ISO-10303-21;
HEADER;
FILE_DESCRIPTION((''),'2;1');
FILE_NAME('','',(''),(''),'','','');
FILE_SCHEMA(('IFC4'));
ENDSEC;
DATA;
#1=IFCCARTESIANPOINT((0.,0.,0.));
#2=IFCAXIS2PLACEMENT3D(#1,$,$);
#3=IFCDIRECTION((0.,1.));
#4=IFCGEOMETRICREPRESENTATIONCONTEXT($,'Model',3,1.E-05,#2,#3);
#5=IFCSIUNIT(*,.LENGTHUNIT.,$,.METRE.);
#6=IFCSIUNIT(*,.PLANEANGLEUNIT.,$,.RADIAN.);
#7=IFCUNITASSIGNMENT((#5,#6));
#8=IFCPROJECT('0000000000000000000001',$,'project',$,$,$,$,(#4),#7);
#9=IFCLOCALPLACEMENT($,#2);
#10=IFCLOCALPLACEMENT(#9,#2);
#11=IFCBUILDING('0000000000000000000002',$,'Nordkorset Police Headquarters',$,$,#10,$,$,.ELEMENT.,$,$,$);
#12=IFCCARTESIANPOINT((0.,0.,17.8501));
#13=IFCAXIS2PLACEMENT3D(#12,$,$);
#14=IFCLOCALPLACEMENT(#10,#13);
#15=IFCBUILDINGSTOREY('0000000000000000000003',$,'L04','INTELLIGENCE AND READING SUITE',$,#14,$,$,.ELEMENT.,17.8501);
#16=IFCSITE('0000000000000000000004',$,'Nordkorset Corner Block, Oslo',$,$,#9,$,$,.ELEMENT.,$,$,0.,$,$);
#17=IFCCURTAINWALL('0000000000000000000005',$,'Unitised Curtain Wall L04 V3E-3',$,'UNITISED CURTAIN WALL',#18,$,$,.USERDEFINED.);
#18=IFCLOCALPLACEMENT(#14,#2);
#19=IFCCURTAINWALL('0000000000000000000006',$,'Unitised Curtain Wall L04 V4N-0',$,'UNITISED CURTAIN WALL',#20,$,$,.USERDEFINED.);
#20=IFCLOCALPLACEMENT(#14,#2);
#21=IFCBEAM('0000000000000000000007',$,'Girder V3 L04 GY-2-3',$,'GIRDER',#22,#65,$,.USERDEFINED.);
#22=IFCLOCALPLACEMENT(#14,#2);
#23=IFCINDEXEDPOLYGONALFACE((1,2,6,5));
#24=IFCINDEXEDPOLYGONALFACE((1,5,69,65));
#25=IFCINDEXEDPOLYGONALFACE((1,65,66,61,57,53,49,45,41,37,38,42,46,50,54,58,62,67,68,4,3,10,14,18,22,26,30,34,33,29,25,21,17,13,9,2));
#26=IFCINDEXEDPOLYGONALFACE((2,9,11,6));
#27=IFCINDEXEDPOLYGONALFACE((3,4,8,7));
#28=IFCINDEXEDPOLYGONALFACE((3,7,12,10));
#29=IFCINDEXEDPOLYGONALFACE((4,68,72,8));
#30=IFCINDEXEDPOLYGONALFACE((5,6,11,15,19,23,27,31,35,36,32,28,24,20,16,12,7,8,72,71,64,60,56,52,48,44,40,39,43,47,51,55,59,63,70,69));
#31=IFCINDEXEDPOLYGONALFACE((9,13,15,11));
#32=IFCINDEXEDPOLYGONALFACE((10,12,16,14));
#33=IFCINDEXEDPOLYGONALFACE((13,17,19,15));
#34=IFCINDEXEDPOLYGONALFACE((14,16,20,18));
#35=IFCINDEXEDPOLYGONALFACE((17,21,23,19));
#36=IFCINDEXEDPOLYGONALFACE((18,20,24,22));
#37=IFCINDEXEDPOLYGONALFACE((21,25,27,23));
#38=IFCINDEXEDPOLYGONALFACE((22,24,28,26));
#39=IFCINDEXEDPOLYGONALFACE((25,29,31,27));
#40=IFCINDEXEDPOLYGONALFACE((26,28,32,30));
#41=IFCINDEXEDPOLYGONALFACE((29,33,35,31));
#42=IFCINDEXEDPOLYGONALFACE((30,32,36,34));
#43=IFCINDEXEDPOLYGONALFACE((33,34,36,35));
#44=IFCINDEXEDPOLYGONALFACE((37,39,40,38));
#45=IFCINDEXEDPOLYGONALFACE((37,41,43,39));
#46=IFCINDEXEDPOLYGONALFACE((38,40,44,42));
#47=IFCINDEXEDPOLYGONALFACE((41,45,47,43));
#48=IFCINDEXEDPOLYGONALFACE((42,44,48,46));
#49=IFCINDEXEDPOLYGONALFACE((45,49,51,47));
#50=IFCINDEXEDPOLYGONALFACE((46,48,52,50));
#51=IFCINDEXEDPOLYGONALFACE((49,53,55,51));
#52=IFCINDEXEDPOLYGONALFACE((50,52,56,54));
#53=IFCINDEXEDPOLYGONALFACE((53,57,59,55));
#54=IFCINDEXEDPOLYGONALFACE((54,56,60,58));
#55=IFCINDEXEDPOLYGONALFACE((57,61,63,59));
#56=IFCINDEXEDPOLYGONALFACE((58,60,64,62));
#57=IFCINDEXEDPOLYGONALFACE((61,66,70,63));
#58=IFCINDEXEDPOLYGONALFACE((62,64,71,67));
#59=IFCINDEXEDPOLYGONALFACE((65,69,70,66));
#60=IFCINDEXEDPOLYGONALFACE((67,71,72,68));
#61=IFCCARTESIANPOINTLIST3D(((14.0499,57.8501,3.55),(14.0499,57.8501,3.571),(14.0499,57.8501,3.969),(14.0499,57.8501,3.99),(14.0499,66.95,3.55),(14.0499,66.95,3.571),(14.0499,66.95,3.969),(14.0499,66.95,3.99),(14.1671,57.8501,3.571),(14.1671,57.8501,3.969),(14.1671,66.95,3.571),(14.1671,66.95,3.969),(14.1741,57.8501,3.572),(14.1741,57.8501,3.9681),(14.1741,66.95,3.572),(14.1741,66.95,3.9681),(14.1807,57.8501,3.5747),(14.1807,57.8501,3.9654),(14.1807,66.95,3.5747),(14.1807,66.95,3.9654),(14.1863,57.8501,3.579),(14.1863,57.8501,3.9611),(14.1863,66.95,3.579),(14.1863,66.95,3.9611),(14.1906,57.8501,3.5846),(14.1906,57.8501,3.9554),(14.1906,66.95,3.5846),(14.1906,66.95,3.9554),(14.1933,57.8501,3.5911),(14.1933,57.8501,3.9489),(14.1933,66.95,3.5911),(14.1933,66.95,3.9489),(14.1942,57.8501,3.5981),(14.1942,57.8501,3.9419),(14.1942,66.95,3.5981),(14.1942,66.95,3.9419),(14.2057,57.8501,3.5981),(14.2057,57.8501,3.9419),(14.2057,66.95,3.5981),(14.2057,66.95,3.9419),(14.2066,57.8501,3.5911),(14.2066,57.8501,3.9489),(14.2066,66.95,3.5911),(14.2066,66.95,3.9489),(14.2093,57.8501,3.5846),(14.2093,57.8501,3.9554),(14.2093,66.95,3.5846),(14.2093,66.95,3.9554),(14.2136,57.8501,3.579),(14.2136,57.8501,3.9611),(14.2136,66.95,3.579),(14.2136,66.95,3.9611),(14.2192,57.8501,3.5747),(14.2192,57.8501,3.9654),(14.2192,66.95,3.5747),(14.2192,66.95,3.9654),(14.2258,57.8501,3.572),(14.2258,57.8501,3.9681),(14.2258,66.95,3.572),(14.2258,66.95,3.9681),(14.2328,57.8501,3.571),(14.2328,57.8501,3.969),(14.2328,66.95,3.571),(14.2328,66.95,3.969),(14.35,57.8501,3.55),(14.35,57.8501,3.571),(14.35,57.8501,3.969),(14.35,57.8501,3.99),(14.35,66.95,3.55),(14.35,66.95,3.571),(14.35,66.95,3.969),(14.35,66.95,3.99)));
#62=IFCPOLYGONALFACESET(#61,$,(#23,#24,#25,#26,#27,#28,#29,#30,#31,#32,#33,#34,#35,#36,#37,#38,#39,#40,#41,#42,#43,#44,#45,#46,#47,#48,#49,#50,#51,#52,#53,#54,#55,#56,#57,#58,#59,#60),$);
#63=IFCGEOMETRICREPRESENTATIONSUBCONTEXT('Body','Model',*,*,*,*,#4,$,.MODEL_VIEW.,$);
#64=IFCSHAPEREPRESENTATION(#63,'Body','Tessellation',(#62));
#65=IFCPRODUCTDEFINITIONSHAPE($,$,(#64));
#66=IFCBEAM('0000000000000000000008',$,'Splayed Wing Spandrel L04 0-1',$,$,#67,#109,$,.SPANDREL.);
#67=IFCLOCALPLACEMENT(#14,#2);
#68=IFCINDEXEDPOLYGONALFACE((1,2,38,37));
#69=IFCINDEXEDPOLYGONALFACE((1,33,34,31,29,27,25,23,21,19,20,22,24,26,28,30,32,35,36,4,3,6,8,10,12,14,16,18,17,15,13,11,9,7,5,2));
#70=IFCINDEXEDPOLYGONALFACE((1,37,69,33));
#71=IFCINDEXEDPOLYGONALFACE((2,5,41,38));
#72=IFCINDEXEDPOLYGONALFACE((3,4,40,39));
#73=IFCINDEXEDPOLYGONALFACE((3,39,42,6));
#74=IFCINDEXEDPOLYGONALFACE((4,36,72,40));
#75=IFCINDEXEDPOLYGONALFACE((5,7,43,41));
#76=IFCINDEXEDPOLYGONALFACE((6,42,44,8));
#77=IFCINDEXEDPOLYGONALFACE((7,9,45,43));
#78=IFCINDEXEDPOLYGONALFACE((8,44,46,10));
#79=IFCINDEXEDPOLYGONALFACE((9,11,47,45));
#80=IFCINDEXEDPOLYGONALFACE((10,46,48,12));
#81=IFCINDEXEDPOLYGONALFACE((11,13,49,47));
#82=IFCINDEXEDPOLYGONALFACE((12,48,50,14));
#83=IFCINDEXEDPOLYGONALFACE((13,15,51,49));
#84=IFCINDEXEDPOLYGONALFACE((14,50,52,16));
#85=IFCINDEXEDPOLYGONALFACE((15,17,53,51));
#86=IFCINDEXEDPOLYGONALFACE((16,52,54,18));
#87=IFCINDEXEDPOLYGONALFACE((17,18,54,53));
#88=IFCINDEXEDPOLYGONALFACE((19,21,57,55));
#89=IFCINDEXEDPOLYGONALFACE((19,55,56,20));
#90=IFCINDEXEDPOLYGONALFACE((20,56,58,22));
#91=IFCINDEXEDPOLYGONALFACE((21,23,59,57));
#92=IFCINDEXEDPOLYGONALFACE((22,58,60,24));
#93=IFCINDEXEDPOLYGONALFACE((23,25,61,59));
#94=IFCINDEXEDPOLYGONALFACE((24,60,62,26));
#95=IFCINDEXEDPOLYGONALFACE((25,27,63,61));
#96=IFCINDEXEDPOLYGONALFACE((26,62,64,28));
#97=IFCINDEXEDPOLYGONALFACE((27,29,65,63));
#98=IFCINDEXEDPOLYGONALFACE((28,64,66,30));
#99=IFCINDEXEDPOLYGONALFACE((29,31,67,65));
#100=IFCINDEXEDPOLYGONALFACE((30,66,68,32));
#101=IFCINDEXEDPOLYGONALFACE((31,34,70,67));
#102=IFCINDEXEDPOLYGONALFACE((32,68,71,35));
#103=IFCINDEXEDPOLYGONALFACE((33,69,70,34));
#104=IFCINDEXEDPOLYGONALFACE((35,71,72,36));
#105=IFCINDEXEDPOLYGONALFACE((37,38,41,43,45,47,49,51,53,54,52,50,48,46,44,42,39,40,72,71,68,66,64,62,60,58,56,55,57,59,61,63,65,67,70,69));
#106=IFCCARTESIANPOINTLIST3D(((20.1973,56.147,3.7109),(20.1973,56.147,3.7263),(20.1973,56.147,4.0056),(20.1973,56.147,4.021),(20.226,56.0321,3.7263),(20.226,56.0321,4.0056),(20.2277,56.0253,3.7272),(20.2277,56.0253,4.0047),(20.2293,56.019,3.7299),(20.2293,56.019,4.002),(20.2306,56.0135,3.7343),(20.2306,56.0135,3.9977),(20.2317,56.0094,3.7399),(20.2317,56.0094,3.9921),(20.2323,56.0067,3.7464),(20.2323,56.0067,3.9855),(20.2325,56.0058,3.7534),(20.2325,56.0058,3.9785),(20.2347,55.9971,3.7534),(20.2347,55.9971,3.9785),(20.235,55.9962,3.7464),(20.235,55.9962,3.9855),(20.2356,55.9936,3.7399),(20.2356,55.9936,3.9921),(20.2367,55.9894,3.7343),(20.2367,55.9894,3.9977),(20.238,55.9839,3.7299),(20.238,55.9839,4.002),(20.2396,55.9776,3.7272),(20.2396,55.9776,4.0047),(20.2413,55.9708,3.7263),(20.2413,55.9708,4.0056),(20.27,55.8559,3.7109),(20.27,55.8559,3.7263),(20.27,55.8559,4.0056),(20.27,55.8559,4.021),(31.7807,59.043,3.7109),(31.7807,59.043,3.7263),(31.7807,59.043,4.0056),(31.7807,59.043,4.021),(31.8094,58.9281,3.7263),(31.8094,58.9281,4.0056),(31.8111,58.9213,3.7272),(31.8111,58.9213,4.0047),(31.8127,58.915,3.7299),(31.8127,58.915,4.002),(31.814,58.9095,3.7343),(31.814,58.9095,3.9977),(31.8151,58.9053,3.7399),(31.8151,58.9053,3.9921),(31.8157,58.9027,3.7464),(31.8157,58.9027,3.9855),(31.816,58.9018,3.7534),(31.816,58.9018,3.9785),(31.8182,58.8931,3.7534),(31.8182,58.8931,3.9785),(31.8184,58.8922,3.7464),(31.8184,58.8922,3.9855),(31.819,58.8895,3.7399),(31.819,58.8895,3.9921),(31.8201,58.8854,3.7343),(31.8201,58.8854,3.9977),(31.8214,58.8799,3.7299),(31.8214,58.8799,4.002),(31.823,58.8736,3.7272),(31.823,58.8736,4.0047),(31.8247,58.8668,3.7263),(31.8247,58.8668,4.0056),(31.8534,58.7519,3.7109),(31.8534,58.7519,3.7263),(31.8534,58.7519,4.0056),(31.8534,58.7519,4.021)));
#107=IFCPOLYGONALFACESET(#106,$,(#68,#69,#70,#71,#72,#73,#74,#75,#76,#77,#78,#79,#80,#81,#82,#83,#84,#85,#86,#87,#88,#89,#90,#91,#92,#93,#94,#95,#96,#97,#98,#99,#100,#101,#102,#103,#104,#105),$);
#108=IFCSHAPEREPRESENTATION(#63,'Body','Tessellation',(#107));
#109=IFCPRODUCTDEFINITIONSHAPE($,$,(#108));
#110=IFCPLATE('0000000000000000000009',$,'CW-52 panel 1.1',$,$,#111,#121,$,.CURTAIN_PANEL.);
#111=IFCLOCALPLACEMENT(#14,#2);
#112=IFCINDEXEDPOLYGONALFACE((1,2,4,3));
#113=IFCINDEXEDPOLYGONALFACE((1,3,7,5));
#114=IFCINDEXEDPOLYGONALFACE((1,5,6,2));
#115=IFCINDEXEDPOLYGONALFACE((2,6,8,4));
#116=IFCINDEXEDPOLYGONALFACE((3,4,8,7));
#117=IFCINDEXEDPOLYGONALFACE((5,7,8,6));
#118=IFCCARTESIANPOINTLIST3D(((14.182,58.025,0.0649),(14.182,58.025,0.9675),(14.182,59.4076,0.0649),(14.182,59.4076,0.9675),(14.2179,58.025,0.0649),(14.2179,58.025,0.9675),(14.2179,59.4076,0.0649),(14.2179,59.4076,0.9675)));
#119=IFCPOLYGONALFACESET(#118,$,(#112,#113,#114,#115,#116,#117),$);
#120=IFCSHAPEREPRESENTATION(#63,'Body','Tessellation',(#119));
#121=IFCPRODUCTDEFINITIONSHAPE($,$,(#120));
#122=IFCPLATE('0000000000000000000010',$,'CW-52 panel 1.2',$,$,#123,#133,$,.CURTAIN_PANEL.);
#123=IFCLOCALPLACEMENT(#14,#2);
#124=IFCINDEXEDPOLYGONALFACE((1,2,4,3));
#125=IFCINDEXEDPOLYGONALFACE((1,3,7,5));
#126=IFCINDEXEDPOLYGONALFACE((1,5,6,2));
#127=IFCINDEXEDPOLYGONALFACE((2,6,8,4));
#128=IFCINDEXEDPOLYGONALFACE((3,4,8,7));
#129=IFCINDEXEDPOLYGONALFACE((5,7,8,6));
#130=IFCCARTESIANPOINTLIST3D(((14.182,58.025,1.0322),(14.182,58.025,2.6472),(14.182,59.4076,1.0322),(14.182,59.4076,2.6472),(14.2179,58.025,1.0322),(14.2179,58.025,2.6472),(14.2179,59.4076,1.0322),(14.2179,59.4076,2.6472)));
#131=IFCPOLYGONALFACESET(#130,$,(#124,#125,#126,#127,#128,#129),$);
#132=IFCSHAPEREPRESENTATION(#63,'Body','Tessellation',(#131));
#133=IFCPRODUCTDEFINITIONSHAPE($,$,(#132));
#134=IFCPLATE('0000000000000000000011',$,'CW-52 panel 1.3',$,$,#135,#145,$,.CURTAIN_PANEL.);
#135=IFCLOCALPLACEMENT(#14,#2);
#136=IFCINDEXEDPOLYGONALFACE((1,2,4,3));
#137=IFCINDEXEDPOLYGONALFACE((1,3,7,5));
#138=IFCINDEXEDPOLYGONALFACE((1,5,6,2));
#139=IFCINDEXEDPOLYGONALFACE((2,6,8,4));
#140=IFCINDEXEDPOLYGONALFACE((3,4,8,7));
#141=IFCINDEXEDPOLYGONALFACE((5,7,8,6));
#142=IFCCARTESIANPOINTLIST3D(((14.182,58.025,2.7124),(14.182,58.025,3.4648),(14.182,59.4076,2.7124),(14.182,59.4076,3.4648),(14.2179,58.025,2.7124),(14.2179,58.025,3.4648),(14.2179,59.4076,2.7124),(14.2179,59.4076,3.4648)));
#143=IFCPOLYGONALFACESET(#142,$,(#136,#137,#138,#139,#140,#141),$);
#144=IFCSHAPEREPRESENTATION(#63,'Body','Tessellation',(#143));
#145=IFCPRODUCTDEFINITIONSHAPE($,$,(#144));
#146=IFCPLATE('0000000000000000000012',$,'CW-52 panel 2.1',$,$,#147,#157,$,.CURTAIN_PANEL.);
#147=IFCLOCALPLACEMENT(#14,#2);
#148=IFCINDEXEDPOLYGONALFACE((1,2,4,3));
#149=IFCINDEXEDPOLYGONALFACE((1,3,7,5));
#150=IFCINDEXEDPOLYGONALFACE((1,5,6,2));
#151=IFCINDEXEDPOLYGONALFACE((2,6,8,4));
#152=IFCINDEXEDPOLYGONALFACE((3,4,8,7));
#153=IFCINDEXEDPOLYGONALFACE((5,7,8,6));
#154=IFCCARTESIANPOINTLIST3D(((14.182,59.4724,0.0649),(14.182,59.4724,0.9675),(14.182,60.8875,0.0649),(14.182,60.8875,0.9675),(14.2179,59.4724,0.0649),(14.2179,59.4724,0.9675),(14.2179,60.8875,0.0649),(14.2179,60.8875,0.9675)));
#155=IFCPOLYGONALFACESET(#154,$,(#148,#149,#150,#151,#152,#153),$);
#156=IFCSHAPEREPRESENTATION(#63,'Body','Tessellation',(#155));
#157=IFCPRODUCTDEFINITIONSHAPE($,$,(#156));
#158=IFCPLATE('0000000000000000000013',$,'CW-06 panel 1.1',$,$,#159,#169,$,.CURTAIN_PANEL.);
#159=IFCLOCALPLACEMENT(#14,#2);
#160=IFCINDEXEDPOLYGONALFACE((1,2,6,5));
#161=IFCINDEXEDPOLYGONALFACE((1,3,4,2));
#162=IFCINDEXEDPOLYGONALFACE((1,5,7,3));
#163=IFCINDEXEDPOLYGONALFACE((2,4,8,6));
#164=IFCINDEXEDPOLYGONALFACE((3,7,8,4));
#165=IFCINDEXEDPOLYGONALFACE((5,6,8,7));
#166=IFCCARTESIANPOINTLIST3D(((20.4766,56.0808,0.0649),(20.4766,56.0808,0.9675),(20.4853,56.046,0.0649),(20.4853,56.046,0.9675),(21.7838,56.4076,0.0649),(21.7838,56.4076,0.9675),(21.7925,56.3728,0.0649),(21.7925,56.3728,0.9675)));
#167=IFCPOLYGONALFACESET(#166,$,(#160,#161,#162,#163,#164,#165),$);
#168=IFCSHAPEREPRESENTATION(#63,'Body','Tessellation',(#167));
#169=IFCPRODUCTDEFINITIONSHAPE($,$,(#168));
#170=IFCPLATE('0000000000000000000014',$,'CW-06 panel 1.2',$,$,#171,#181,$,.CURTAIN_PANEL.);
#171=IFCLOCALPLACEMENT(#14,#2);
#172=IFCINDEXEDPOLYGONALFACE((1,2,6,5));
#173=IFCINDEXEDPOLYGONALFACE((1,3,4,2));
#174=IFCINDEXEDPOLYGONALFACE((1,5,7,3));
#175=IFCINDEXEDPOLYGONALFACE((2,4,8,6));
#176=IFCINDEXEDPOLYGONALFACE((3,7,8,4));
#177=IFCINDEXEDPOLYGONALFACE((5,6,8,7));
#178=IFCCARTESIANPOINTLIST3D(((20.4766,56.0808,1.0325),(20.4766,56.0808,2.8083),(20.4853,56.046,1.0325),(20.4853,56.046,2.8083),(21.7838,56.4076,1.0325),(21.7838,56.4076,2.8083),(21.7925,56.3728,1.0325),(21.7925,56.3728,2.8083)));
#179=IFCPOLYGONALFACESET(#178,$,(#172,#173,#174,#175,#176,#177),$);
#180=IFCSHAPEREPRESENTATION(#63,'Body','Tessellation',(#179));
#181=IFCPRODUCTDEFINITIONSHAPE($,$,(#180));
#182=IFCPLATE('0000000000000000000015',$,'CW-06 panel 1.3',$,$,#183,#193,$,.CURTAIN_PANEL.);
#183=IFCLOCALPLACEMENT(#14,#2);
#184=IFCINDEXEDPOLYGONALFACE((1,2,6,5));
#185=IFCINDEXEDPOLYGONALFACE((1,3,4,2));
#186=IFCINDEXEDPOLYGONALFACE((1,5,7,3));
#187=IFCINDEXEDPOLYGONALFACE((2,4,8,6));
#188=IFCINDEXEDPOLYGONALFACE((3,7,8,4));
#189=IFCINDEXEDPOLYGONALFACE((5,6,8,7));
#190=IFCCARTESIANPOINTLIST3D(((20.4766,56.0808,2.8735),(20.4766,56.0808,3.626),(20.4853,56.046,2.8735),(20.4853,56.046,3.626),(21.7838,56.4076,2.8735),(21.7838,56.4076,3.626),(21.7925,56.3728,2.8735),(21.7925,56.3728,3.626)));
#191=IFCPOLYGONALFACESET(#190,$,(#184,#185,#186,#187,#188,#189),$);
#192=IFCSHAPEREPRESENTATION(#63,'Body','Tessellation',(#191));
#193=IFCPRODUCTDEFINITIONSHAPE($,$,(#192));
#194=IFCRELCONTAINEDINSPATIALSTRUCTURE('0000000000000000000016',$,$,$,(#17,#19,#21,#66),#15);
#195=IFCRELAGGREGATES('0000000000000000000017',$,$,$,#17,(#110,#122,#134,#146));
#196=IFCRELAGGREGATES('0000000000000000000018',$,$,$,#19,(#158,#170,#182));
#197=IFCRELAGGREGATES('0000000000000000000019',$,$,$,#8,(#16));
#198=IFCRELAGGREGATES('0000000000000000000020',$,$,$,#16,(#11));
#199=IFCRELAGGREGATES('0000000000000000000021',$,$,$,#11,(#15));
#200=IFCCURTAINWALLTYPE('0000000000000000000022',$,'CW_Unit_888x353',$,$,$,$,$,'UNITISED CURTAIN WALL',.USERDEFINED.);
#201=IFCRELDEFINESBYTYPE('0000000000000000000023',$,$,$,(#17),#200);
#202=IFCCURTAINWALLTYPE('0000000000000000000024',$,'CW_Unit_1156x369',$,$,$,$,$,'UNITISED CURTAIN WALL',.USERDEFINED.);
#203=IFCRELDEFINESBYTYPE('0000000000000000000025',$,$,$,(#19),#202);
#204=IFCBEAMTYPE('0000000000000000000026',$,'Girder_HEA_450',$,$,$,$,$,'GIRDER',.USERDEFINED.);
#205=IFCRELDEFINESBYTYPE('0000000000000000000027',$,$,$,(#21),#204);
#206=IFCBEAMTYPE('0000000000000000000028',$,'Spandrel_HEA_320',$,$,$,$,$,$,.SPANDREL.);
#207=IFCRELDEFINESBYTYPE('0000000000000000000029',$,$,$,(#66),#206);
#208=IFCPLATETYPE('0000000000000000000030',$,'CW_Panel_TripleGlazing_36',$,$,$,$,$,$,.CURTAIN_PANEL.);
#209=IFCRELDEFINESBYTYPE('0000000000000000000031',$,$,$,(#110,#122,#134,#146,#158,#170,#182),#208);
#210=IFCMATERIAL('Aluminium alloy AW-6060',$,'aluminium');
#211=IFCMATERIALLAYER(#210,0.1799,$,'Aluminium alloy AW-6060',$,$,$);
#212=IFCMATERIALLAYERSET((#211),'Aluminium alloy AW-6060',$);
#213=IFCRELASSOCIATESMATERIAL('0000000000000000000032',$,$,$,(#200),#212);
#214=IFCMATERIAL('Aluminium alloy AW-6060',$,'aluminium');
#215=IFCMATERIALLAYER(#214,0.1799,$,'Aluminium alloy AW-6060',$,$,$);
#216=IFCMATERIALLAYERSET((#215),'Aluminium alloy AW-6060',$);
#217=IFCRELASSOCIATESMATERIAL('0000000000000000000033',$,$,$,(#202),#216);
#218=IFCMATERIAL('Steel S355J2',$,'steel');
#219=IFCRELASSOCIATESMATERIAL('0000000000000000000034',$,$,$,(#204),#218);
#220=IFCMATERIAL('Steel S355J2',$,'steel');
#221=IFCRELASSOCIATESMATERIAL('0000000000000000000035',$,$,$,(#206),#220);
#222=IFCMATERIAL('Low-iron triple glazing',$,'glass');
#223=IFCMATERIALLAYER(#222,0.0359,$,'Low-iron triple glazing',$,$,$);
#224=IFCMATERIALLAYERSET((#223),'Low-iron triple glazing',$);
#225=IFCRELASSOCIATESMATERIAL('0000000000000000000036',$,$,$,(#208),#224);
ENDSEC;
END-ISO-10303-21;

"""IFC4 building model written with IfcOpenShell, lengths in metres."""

from ifc_helpers import new_model, si_unit, direction, frame, origin, origin_2d, place, context, subcontext, project, spatial, rectangle, i_section, extrude, material, layer, layer_set, material_profile, profile_set, type_object, element, aggregate, save


model = new_model("IFC4")

# Units and contexts
model_context = context("Model", 3, precision=1e-05, world=origin(), true_north=direction((0.0, 1.0)))
body_context = subcontext(model_context, "Body", "Model", "MODEL_VIEW")
ifc_project = project(units=[si_unit("LENGTHUNIT", "METRE"), si_unit("PLANEANGLEUNIT", "RADIAN")], contexts=[model_context])

# Site, building, storey
site_placement = place(None, origin())
site = spatial("IfcSite", under=ifc_project, at=site_placement, Name="Nordkorset Corner Block, Oslo", CompositionType="ELEMENT", RefElevation=0.0)
building_placement = place(site_placement, origin())
building = spatial("IfcBuilding", under=site, at=building_placement, Name="Nordkorset Police Headquarters", CompositionType="ELEMENT")
storey_placement = place(building_placement, frame((0.0, 0.0, 17.8501)))
storey = spatial("IfcBuildingStorey", under=building, at=storey_placement, Name="L04", Description="INTELLIGENCE AND READING SUITE", CompositionType="ELEMENT", Elevation=17.8501)

# Curtain walls
ifc_material_1 = material(Name="Aluminium alloy AW-6060", Category="aluminium")
ifc_layer_1 = layer(ifc_material_1, 0.1799, Name="Aluminium alloy AW-6060")
ifc_layer_set_1 = layer_set([ifc_layer_1], Name="Aluminium alloy AW-6060")
curtain_wall_type_1 = type_object("IfcCurtainWallType", Name="CW_Unit_888x353", ElementType="UNITISED CURTAIN WALL", PredefinedType="USERDEFINED", material=ifc_layer_set_1)
curtain_wall_1_placement = place(storey_placement, origin())
curtain_wall_1 = element("IfcCurtainWall", 1, at=curtain_wall_1_placement, inside=storey, type_object=curtain_wall_type_1, Name="Unitised Curtain Wall L04 V3E-3", ObjectType="UNITISED CURTAIN WALL", PredefinedType="USERDEFINED")
ifc_material_2 = material(Name="Aluminium alloy AW-6060", Category="aluminium")
ifc_layer_2 = layer(ifc_material_2, 0.1799, Name="Aluminium alloy AW-6060")
ifc_layer_set_2 = layer_set([ifc_layer_2], Name="Aluminium alloy AW-6060")
curtain_wall_type_2 = type_object("IfcCurtainWallType", Name="CW_Unit_1156x369", ElementType="UNITISED CURTAIN WALL", PredefinedType="USERDEFINED", material=ifc_layer_set_2)
curtain_wall_2_placement = place(storey_placement, origin())
curtain_wall_2 = element("IfcCurtainWall", 2, at=curtain_wall_2_placement, inside=storey, type_object=curtain_wall_type_2, Name="Unitised Curtain Wall L04 V4N-0", ObjectType="UNITISED CURTAIN WALL", PredefinedType="USERDEFINED")

# Beams
ifc_material_3 = material(Name="Steel S355J2", Category="steel")
ifc_material_profile_1 = material_profile(ifc_material_3, i_section(OverallWidth=0.3, OverallDepth=0.4399, WebThickness=0.0115, FlangeThickness=0.021, FilletRadius=0.0271, at=origin_2d()), Name="HEA 450")
ifc_profile_set_1 = profile_set([ifc_material_profile_1], Name="Steel S355J2")
beam_type_1 = type_object("IfcBeamType", Name="Girder_HEA_450", ElementType="GIRDER", PredefinedType="USERDEFINED", material=ifc_profile_set_1)
for number, where, z_axis, x_axis, name in (
    (3, (14.2, 57.8501, 3.77), (0.0, 1.0, 0.0), (-1.0, 0.0, 0.0), "Girder V3 L04 GY-2-3"),
):
    element("IfcBeam", number, at=place(storey_placement, frame(where, z_axis=z_axis, x_axis=x_axis)), inside=storey, type_object=beam_type_1, Name=name, ObjectType="GIRDER", PredefinedType="USERDEFINED", context=body_context, shape_type="SweptSolid", body=[
        extrude(i_section(OverallWidth=0.3, OverallDepth=0.4399, WebThickness=0.0115, FlangeThickness=0.021, FilletRadius=0.0271, at=origin_2d()), origin(), (0.0, 0.0, 1.0), 9.0999),
    ])
ifc_material_4 = material(Name="Steel S355J2", Category="steel")
ifc_material_profile_2 = material_profile(ifc_material_4, i_section(OverallWidth=0.3, OverallDepth=0.3101, WebThickness=0.009, FlangeThickness=0.0154, FilletRadius=0.0271, at=origin_2d()), Name="HEA 320")
ifc_profile_set_2 = profile_set([ifc_material_profile_2], Name="Steel S355J2")
beam_type_2 = type_object("IfcBeamType", Name="Spandrel_HEA_320", PredefinedType="SPANDREL", material=ifc_profile_set_2)
beam_1_placement = place(storey_placement, frame((20.2336, 56.0015, 3.866), z_axis=(0.97014, 0.242545, 0.0), x_axis=(-0.242545, 0.97014, 0.0)))
element("IfcBeam", 4, at=beam_1_placement, inside=storey, type_object=beam_type_2, Name="Splayed Wing Spandrel L04 0-1", PredefinedType="SPANDREL", context=body_context, shape_type="SweptSolid", body=[
    extrude(i_section(OverallWidth=0.3, OverallDepth=0.3101, WebThickness=0.009, FlangeThickness=0.0154, FilletRadius=0.0271, at=origin_2d()), origin(), (0.0, 0.0, 1.0), 11.9399),
])

# Plates
ifc_material_5 = material(Name="Low-iron triple glazing", Category="glass")
ifc_layer_3 = layer(ifc_material_5, 0.0359, Name="Low-iron triple glazing")
ifc_layer_set_3 = layer_set([ifc_layer_3], Name="Low-iron triple glazing")
plate_type = type_object("IfcPlateType", Name="CW_Panel_TripleGlazing_36", PredefinedType="CURTAIN_PANEL", material=ifc_layer_set_3)
plate_1_placement = place(storey_placement, frame((14.2, 58.7163, 0.0649), z_axis=(0.0, 0.0, 1.0), x_axis=(0.0, 1.0, 0.0)))
plate_1 = element("IfcPlate", 5, at=plate_1_placement, type_object=plate_type, Name="CW-52 panel 1.1", PredefinedType="CURTAIN_PANEL", context=body_context, shape_type="SweptSolid", body=[
    extrude(rectangle(XDim=1.3826, YDim=0.0359, at=origin_2d()), origin(), (0.0, 0.0, 1.0), 0.9026),
])
plate_2_placement = place(storey_placement, frame((14.2, 58.7163, 1.0322), z_axis=(0.0, 0.0, 1.0), x_axis=(0.0, 1.0, 0.0)))
plate_2 = element("IfcPlate", 6, at=plate_2_placement, type_object=plate_type, Name="CW-52 panel 1.2", PredefinedType="CURTAIN_PANEL", context=body_context, shape_type="SweptSolid", body=[
    extrude(rectangle(XDim=1.3826, YDim=0.0359, at=origin_2d()), origin(), (0.0, 0.0, 1.0), 1.615),
])
plate_3_placement = place(storey_placement, frame((14.2, 58.7163, 2.7124), z_axis=(0.0, 0.0, 1.0), x_axis=(0.0, 1.0, 0.0)))
plate_3 = element("IfcPlate", 7, at=plate_3_placement, type_object=plate_type, Name="CW-52 panel 1.3", PredefinedType="CURTAIN_PANEL", context=body_context, shape_type="SweptSolid", body=[
    extrude(rectangle(XDim=1.3826, YDim=0.0359, at=origin_2d()), origin(), (0.0, 0.0, 1.0), 0.7524),
])
plate_4_placement = place(storey_placement, frame((14.2, 60.1799, 0.0649), z_axis=(0.0, 0.0, 1.0), x_axis=(0.0, 1.0, 0.0)))
plate_4 = element("IfcPlate", 8, at=plate_4_placement, type_object=plate_type, Name="CW-52 panel 2.1", PredefinedType="CURTAIN_PANEL", context=body_context, shape_type="SweptSolid", body=[
    extrude(rectangle(XDim=1.415, YDim=0.0359, at=origin_2d()), origin(), (0.0, 0.0, 1.0), 0.9026),
])
aggregate(curtain_wall_1, [plate_1, plate_2, plate_3, plate_4])
plate_5_placement = place(storey_placement, frame((21.1345, 56.2268, 0.0649), z_axis=(0.0, 0.0, 1.0), x_axis=(0.970142, 0.242536, 0.0)))
plate_5 = element("IfcPlate", 9, at=plate_5_placement, type_object=plate_type, Name="CW-06 panel 1.1", PredefinedType="CURTAIN_PANEL", context=body_context, shape_type="SweptSolid", body=[
    extrude(rectangle(XDim=1.3474, YDim=0.0359, at=origin_2d()), origin(), (0.0, 0.0, 1.0), 0.9026),
])
plate_6_placement = place(storey_placement, frame((21.1345, 56.2268, 1.0325), z_axis=(0.0, 0.0, 1.0), x_axis=(0.970142, 0.242536, 0.0)))
plate_6 = element("IfcPlate", 10, at=plate_6_placement, type_object=plate_type, Name="CW-06 panel 1.2", PredefinedType="CURTAIN_PANEL", context=body_context, shape_type="SweptSolid", body=[
    extrude(rectangle(XDim=1.3474, YDim=0.0359, at=origin_2d()), origin(), (0.0, 0.0, 1.0), 1.7759),
])
plate_7_placement = place(storey_placement, frame((21.1345, 56.2268, 2.8735), z_axis=(0.0, 0.0, 1.0), x_axis=(0.970142, 0.242536, 0.0)))
plate_7 = element("IfcPlate", 11, at=plate_7_placement, type_object=plate_type, Name="CW-06 panel 1.3", PredefinedType="CURTAIN_PANEL", context=body_context, shape_type="SweptSolid", body=[
    extrude(rectangle(XDim=1.3474, YDim=0.0359, at=origin_2d()), origin(), (0.0, 0.0, 1.0), 0.7524),
])
aggregate(curtain_wall_2, [plate_5, plate_6, plate_7])

save(model, "model.ifc")
